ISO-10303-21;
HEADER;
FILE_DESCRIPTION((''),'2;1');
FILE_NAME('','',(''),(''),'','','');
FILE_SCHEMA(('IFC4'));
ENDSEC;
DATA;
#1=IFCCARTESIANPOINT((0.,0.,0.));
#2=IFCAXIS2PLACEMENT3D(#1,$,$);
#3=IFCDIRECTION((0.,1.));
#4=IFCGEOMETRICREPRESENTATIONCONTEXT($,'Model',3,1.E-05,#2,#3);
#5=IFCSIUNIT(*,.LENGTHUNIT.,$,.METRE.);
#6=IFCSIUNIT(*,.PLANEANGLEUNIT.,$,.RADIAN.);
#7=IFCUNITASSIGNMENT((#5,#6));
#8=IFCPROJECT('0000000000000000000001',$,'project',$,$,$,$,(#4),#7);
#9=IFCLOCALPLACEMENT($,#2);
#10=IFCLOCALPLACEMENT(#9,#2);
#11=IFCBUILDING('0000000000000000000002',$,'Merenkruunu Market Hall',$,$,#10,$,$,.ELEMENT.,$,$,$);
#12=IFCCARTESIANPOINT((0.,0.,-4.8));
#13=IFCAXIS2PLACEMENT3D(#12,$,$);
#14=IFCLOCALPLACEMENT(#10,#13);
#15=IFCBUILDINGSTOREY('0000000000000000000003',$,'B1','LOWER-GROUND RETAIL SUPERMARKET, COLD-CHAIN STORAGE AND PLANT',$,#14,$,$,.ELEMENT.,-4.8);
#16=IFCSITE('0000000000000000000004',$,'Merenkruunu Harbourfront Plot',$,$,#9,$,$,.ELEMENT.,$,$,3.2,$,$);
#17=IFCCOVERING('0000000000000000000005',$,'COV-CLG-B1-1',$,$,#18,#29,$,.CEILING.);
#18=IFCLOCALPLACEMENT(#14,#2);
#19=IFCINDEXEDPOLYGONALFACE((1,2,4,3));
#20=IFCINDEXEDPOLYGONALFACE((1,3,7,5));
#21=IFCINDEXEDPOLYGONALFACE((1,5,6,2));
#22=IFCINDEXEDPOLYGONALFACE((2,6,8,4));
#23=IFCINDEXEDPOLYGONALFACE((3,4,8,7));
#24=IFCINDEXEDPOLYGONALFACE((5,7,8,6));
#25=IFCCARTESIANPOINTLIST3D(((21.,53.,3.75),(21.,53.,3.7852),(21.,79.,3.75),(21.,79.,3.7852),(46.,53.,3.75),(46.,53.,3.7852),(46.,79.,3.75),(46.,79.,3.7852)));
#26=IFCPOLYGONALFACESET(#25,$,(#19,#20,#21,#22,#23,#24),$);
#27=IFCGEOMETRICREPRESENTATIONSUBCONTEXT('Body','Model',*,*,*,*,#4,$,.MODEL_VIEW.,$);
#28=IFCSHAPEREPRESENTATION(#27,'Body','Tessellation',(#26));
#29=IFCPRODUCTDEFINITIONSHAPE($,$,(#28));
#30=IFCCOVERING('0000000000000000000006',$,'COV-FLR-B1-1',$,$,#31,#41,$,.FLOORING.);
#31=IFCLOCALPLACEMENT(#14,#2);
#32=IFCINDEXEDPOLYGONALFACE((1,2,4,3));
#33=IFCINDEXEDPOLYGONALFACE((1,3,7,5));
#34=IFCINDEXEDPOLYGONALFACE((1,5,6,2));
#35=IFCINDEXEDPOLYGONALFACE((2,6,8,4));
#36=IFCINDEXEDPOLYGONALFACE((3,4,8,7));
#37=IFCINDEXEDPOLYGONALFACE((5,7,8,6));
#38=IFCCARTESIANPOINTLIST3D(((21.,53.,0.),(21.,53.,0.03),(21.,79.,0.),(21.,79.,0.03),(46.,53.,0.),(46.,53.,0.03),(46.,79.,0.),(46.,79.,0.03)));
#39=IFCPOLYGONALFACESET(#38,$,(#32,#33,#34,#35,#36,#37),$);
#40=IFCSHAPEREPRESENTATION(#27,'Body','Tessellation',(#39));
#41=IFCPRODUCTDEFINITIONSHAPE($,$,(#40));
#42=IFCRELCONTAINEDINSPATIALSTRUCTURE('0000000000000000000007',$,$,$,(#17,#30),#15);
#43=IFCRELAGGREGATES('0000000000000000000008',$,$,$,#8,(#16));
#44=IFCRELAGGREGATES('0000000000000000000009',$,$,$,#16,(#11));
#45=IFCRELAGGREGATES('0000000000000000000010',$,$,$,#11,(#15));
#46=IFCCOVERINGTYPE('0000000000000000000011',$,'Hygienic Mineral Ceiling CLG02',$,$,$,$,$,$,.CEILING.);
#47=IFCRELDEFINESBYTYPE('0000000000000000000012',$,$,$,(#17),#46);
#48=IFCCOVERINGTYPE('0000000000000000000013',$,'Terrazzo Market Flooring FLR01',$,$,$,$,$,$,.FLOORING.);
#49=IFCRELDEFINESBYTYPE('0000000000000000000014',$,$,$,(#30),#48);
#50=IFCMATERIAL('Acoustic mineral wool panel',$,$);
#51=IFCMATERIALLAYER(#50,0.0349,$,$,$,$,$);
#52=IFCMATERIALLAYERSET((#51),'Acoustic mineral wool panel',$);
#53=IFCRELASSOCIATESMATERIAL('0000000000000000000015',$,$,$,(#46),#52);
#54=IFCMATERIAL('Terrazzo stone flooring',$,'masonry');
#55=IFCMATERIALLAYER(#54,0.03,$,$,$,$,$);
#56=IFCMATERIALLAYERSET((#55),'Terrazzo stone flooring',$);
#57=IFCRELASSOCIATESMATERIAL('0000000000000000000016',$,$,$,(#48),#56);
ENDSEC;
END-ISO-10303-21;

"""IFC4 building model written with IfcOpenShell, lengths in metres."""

from ifc_helpers import new_model, si_unit, direction, frame, origin, place, context, subcontext, project, spatial, polyline, outline, extrude, material, layer, layer_set, type_object, element, save


model = new_model("IFC4")

# Units and contexts
model_context = context("Model", 3, precision=1e-05, world=origin(), true_north=direction((0.0, 1.0)))
body_context = subcontext(model_context, "Body", "Model", "MODEL_VIEW")
ifc_project = project(units=[si_unit("LENGTHUNIT", "METRE"), si_unit("PLANEANGLEUNIT", "RADIAN")], contexts=[model_context])

# Site, building, storey
site_placement = place(None, origin())
site = spatial("IfcSite", under=ifc_project, at=site_placement, Name="Merenkruunu Harbourfront Plot", CompositionType="ELEMENT", RefElevation=3.2)
building_placement = place(site_placement, origin())
building = spatial("IfcBuilding", under=site, at=building_placement, Name="Merenkruunu Market Hall", CompositionType="ELEMENT")
storey_placement = place(building_placement, frame((0.0, 0.0, -4.8)))
storey = spatial("IfcBuildingStorey", under=building, at=storey_placement, Name="B1", Description="LOWER-GROUND RETAIL SUPERMARKET, COLD-CHAIN STORAGE AND PLANT", CompositionType="ELEMENT", Elevation=-4.8)

# Coverings
ifc_material_1 = material(Name="Acoustic mineral wool panel")
ifc_layer_1 = layer(ifc_material_1, 0.0349)
ifc_layer_set_1 = layer_set([ifc_layer_1], Name="Acoustic mineral wool panel")
covering_type_1 = type_object("IfcCoveringType", Name="Hygienic Mineral Ceiling CLG02", PredefinedType="CEILING", material=ifc_layer_set_1)
covering_1_placement = place(storey_placement, frame((0.0, 0.0, 3.75)))
element("IfcCovering", 1, at=covering_1_placement, inside=storey, type_object=covering_type_1, Name="COV-CLG-B1-1", PredefinedType="CEILING", context=body_context, shape_type="SweptSolid", body=[
    extrude(outline(polyline([(21.0, 53.0), (21.0, 79.0), (46.0, 79.0), (46.0, 53.0), (21.0, 53.0)])), origin(), (0.0, 0.0, 1.0), 0.0352),
])
ifc_material_2 = material(Name="Terrazzo stone flooring", Category="masonry")
ifc_layer_2 = layer(ifc_material_2, 0.03)
ifc_layer_set_2 = layer_set([ifc_layer_2], Name="Terrazzo stone flooring")
covering_type_2 = type_object("IfcCoveringType", Name="Terrazzo Market Flooring FLR01", PredefinedType="FLOORING", material=ifc_layer_set_2)
covering_2_placement = place(storey_placement, origin())
element("IfcCovering", 2, at=covering_2_placement, inside=storey, type_object=covering_type_2, Name="COV-FLR-B1-1", PredefinedType="FLOORING", context=body_context, shape_type="SweptSolid", body=[
    extrude(outline(polyline([(21.0, 53.0), (21.0, 79.0), (46.0, 79.0), (46.0, 53.0), (21.0, 53.0)])), origin(), (0.0, 0.0, 1.0), 0.03),
])

save(model, "model.ifc")
